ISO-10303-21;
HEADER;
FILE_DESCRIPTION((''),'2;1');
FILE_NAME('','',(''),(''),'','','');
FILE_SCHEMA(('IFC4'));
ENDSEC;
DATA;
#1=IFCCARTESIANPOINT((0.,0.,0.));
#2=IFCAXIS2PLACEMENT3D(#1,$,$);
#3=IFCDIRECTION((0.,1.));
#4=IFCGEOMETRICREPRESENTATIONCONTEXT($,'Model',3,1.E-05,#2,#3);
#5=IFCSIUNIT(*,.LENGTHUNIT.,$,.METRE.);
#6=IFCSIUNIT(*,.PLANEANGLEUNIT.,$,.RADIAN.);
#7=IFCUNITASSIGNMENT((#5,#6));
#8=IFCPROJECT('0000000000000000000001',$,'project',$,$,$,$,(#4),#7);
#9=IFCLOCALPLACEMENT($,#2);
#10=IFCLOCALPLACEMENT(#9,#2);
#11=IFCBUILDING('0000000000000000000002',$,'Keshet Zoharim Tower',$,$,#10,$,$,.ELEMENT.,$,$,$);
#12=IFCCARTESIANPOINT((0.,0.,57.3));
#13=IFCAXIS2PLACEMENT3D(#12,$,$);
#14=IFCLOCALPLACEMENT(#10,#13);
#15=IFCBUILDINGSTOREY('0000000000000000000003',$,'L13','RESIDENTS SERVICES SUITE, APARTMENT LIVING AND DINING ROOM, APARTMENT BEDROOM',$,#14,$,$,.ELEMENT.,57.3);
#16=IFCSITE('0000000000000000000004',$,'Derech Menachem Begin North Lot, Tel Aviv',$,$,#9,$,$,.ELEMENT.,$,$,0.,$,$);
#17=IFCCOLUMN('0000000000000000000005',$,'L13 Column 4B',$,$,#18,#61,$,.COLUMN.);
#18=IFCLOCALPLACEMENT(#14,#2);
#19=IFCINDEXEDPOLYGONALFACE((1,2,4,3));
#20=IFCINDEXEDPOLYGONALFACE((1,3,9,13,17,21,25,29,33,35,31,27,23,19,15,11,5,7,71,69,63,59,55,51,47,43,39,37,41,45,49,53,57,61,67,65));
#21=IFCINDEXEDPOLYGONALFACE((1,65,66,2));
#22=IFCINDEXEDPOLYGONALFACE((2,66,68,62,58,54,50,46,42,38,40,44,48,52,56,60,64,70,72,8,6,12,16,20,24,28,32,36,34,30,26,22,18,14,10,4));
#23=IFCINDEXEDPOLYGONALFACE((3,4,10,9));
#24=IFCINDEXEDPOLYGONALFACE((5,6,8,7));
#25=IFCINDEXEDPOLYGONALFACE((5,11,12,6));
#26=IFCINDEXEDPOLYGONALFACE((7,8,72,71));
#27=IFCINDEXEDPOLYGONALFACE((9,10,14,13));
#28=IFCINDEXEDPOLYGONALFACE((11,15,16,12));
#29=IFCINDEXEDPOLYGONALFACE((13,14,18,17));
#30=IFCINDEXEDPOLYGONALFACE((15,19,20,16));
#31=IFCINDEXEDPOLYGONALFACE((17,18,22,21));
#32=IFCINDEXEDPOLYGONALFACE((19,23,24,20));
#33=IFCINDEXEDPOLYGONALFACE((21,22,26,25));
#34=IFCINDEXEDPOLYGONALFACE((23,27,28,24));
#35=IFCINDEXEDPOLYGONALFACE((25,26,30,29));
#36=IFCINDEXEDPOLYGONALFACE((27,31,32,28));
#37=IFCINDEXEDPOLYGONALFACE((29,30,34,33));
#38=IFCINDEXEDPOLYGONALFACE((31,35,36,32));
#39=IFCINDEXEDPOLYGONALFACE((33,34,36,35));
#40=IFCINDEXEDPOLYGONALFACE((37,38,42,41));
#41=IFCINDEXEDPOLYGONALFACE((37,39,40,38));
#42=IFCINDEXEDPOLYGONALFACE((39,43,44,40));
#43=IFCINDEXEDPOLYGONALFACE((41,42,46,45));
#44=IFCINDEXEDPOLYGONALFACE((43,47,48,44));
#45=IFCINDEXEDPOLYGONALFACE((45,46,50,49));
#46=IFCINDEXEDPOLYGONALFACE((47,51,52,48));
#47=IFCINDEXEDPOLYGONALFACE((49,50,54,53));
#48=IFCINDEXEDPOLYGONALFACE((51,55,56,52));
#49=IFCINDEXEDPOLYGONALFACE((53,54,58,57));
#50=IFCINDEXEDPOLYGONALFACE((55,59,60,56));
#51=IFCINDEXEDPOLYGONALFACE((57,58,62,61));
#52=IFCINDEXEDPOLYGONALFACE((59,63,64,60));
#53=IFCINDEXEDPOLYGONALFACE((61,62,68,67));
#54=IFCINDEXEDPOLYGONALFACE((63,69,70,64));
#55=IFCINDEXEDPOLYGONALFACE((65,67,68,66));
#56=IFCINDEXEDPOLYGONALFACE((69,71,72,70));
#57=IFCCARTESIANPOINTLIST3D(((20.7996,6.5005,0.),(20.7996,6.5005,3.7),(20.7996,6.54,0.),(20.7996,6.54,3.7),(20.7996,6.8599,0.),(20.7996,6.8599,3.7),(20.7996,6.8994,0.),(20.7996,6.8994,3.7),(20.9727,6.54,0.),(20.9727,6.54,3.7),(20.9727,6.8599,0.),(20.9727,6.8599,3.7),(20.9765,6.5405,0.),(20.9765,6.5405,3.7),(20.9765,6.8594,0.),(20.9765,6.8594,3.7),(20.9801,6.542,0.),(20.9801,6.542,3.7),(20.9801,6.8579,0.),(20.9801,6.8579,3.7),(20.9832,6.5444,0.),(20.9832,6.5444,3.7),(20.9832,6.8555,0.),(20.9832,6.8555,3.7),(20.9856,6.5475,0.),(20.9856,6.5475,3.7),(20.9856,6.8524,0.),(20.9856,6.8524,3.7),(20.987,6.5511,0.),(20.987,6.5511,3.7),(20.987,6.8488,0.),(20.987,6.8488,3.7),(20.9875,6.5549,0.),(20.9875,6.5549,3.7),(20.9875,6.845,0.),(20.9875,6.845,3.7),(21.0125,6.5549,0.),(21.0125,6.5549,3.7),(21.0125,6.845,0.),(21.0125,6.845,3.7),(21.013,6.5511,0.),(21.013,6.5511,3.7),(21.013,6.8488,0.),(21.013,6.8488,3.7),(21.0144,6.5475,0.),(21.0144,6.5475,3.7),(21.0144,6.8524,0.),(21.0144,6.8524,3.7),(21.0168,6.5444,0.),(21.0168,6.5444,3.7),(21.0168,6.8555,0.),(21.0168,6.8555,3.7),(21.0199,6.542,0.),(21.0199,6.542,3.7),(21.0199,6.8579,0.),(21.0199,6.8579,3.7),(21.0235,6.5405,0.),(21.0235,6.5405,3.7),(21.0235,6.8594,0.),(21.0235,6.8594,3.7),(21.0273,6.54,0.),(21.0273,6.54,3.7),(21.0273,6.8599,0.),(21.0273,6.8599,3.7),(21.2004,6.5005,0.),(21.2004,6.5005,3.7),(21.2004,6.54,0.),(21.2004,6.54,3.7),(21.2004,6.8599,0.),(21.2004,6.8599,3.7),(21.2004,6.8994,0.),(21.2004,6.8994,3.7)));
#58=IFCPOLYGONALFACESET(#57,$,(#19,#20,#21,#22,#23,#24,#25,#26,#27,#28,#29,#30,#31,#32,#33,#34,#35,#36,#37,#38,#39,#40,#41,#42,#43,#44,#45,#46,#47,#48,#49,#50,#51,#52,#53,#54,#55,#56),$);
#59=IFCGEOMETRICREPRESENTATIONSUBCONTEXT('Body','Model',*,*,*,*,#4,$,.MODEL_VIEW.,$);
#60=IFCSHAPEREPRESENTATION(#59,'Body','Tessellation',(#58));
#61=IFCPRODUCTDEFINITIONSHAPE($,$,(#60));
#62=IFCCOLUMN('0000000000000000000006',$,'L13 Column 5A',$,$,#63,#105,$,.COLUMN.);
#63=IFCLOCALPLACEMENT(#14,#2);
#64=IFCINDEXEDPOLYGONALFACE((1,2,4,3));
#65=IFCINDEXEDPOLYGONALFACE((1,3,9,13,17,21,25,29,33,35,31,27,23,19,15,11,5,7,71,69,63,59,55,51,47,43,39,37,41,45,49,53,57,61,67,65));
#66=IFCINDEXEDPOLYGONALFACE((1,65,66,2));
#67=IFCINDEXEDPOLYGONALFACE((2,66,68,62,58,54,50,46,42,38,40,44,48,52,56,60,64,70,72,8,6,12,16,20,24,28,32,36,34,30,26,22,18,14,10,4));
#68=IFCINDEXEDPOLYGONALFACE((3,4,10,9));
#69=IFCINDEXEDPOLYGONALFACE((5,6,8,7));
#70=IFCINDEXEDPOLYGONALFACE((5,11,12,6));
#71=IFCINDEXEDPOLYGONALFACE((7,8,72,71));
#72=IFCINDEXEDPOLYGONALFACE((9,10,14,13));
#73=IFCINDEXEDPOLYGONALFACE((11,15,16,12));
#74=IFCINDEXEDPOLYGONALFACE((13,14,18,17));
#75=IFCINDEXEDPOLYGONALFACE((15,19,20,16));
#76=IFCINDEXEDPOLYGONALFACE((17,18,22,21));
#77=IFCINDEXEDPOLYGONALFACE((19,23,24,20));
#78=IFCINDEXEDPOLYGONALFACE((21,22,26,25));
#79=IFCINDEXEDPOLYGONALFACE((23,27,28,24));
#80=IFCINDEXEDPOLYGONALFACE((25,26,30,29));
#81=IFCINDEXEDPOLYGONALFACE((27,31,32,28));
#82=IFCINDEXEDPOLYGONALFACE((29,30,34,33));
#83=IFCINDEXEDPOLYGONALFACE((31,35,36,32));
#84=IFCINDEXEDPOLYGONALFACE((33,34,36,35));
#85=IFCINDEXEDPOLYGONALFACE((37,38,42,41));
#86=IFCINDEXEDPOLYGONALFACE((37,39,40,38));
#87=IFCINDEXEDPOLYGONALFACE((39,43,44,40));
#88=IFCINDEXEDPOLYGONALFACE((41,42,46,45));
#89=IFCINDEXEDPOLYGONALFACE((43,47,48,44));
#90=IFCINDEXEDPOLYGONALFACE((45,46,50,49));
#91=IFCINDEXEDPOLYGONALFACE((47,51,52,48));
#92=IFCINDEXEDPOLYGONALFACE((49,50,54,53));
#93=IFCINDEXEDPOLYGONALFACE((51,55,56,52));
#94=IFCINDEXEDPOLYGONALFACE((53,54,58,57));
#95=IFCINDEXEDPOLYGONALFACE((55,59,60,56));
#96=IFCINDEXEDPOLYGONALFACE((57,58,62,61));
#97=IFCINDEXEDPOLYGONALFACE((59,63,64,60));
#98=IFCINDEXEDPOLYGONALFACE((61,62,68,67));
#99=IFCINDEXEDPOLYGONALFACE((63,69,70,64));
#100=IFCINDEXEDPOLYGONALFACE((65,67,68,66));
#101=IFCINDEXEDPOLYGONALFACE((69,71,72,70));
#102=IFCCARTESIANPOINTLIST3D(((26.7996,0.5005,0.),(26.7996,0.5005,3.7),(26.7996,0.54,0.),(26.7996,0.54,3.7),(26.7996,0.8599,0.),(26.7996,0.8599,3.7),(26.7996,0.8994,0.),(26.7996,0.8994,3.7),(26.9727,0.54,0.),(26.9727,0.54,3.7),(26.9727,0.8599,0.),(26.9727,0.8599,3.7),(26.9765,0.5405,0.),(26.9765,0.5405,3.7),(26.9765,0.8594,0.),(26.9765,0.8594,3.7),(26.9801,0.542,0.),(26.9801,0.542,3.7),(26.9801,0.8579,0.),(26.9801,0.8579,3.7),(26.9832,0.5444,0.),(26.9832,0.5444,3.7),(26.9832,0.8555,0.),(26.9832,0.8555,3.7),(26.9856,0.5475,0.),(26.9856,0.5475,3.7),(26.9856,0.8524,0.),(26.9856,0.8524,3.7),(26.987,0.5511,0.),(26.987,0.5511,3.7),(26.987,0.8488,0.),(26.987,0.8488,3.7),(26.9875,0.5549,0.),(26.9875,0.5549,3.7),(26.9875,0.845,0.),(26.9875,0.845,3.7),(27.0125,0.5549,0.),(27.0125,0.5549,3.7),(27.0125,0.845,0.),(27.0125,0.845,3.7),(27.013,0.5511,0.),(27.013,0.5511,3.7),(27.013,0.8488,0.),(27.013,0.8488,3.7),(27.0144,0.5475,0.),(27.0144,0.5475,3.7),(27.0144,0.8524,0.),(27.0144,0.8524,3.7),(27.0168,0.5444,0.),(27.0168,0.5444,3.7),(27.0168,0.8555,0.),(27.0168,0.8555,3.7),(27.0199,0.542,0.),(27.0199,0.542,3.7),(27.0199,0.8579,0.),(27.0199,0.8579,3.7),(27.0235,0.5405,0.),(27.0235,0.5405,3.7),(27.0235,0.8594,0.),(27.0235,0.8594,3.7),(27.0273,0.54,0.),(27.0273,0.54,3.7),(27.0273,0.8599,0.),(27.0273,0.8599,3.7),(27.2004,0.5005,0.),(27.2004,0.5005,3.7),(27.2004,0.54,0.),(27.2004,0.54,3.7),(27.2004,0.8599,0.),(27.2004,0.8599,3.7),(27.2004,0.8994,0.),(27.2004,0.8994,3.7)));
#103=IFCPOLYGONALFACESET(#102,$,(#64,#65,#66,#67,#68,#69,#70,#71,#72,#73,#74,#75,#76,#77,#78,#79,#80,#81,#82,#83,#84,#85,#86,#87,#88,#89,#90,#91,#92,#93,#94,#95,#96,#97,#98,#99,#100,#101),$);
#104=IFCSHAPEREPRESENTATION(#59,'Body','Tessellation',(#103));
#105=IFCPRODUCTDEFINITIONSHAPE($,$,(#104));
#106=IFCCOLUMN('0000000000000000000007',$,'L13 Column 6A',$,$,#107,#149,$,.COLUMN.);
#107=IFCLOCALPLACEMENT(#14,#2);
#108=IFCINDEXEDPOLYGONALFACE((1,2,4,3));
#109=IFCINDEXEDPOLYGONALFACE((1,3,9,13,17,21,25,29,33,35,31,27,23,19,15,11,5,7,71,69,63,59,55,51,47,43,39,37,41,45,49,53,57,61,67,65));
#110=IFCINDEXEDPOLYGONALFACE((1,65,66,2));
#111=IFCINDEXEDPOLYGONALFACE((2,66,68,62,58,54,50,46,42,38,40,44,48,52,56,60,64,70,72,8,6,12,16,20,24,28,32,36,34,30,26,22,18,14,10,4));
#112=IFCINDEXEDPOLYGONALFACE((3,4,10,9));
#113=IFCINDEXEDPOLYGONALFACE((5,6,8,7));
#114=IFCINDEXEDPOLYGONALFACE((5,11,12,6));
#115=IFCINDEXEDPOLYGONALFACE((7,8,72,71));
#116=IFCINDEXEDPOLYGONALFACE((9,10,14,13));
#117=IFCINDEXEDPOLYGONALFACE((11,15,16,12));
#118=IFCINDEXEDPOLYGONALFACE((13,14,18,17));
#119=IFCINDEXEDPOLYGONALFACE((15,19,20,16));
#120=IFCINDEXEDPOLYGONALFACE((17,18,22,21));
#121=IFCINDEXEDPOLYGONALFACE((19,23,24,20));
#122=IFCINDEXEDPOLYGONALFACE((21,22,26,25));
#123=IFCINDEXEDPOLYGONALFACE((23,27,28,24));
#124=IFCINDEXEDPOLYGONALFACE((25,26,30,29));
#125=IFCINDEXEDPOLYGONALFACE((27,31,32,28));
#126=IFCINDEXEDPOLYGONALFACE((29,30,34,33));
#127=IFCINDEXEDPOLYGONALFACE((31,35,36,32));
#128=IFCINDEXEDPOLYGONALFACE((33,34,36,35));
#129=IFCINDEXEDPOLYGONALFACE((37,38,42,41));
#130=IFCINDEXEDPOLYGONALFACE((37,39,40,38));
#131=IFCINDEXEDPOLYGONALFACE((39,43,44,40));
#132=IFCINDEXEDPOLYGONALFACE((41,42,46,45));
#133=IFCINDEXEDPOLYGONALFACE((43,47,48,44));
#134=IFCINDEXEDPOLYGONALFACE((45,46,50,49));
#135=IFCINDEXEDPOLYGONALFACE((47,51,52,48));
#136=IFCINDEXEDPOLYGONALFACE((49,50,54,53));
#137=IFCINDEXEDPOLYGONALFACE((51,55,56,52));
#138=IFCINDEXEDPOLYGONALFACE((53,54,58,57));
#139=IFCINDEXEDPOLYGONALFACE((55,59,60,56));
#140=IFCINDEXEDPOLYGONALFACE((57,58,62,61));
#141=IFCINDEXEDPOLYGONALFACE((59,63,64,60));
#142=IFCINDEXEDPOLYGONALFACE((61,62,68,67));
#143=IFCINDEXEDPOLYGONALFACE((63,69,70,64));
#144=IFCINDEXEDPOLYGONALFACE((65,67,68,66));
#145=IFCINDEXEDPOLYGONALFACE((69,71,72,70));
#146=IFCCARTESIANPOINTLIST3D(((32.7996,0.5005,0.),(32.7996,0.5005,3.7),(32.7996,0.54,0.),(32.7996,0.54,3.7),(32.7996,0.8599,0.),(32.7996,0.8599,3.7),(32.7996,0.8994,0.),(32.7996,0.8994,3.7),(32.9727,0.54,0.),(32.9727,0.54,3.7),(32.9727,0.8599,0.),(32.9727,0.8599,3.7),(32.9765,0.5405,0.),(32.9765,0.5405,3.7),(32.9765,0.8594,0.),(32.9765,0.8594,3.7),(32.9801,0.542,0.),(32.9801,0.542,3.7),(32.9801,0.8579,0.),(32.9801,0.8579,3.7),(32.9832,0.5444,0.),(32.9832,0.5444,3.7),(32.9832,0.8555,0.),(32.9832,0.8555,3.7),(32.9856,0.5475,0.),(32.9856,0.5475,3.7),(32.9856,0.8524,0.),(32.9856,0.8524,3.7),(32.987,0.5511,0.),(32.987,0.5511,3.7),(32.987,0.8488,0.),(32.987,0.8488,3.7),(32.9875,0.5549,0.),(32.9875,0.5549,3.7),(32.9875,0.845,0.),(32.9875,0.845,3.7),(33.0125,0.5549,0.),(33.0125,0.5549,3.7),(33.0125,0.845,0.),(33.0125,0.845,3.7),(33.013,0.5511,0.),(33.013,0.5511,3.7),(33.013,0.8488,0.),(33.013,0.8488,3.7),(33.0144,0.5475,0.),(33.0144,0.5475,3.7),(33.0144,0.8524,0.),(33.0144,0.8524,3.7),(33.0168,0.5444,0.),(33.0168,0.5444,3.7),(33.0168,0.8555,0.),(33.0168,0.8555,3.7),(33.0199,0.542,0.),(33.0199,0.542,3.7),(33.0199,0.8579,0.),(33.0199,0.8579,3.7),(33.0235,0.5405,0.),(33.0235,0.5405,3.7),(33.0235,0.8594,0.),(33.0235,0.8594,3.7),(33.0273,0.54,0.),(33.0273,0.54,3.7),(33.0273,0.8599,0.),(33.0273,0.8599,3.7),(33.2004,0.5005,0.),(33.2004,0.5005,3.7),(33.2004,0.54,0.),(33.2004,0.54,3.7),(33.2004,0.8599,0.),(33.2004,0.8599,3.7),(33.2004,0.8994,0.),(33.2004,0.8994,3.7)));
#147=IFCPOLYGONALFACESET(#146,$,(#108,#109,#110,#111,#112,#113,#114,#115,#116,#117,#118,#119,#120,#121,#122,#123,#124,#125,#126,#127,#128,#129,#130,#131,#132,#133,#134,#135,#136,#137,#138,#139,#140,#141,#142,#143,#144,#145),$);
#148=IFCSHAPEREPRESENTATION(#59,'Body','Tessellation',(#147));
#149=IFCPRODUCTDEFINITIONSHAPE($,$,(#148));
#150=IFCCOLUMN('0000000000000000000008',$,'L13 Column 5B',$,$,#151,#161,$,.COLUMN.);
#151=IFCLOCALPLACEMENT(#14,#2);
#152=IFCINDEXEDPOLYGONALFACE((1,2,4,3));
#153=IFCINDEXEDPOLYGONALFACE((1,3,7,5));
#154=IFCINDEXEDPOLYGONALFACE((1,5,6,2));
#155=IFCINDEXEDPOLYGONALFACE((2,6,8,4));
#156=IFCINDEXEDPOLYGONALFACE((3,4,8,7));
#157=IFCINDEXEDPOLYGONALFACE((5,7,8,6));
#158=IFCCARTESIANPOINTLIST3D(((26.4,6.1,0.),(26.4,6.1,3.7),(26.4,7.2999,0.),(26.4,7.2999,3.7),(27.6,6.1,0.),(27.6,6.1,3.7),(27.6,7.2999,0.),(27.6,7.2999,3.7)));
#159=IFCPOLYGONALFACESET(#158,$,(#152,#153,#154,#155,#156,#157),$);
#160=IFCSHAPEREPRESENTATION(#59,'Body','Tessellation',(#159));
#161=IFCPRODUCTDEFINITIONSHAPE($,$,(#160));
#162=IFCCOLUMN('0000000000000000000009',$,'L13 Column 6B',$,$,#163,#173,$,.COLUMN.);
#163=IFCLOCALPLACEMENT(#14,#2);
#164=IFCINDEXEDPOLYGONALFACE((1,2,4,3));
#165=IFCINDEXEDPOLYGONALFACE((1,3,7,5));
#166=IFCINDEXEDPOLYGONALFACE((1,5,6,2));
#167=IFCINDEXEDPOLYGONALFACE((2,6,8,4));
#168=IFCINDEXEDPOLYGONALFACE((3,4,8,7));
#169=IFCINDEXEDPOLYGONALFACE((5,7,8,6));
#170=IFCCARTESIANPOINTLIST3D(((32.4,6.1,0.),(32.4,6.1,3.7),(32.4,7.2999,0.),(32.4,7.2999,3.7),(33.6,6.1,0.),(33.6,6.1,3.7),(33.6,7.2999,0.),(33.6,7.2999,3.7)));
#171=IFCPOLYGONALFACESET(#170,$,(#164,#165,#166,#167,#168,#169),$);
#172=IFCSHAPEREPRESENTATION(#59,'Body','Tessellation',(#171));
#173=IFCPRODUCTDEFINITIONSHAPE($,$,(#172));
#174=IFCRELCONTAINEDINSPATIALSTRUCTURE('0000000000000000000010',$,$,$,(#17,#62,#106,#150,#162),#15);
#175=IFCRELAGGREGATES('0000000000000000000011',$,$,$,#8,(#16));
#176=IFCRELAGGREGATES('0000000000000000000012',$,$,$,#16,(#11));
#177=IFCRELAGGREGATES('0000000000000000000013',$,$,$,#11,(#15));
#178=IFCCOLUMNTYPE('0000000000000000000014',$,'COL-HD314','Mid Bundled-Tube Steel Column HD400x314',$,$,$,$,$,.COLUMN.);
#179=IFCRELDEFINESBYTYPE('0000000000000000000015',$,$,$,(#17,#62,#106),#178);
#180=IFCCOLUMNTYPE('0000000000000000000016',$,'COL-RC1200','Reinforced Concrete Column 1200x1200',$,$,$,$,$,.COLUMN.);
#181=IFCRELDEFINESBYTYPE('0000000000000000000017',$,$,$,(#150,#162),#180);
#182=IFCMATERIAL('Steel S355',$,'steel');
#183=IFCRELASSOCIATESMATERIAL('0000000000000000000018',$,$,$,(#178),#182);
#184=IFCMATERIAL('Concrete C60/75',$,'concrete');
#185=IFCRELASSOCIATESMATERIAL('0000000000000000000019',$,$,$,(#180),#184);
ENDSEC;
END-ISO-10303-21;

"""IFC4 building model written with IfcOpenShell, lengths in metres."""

from ifc_helpers import new_model, si_unit, direction, frame, origin, origin_2d, place, context, subcontext, project, spatial, rectangle, i_section, extrude, material, material_profile, profile_set, type_object, element, save


model = new_model("IFC4")

# Units and contexts
model_context = context("Model", 3, precision=1e-05, world=origin(), true_north=direction((0.0, 1.0)))
body_context = subcontext(model_context, "Body", "Model", "MODEL_VIEW")
ifc_project = project(units=[si_unit("LENGTHUNIT", "METRE"), si_unit("PLANEANGLEUNIT", "RADIAN")], contexts=[model_context])

# Site, building, storey
site_placement = place(None, origin())
site = spatial("IfcSite", under=ifc_project, at=site_placement, Name="Derech Menachem Begin North Lot, Tel Aviv", CompositionType="ELEMENT", RefElevation=0.0)
building_placement = place(site_placement, origin())
building = spatial("IfcBuilding", under=site, at=building_placement, Name="Keshet Zoharim Tower", CompositionType="ELEMENT")
storey_placement = place(building_placement, frame((0.0, 0.0, 57.3)))
storey = spatial("IfcBuildingStorey", under=building, at=storey_placement, Name="L13", Description="RESIDENTS SERVICES SUITE, APARTMENT LIVING AND DINING ROOM, APARTMENT BEDROOM", CompositionType="ELEMENT", Elevation=57.3)

# Columns
ifc_material_1 = material(Name="Steel S355", Category="steel")
ifc_material_profile_1 = material_profile(ifc_material_1, i_section(OverallWidth=0.4009, OverallDepth=0.3989, WebThickness=0.0249, FlangeThickness=0.0396, FilletRadius=0.0149, at=origin_2d()), Name="HD400x314")
ifc_profile_set_1 = profile_set([ifc_material_profile_1], Name="Steel S355")
column_type_1 = type_object("IfcColumnType", Name="COL-HD314", Description="Mid Bundled-Tube Steel Column HD400x314", PredefinedType="COLUMN", material=ifc_profile_set_1)
for number, where, z_axis, x_axis, name in (
    (1, (21.0, 6.7, 0.0), (0.0, 0.0, 1.0), (1.0, 0.0, 0.0), "L13 Column 4B"),
    (2, (27.0, 0.7, 0.0), (0.0, 0.0, 1.0), (1.0, 0.0, 0.0), "L13 Column 5A"),
    (3, (33.0, 0.7, 0.0), (0.0, 0.0, 1.0), (1.0, 0.0, 0.0), "L13 Column 6A"),
):
    element("IfcColumn", number, at=place(storey_placement, frame(where, z_axis=z_axis, x_axis=x_axis)), inside=storey, type_object=column_type_1, Name=name, PredefinedType="COLUMN", context=body_context, shape_type="SweptSolid", body=[
        extrude(i_section(OverallWidth=0.4009, OverallDepth=0.3989, WebThickness=0.0249, FlangeThickness=0.0396, FilletRadius=0.0149, at=origin_2d()), origin(), (0.0, 0.0, 1.0), 3.7),
    ])
ifc_material_2 = material(Name="Concrete C60/75", Category="concrete")
ifc_material_profile_2 = material_profile(ifc_material_2, rectangle(XDim=1.2, YDim=1.2, at=origin_2d()), Name="RC1200x1200")
ifc_profile_set_2 = profile_set([ifc_material_profile_2], Name="Concrete C60/75")
column_type_2 = type_object("IfcColumnType", Name="COL-RC1200", Description="Reinforced Concrete Column 1200x1200", PredefinedType="COLUMN", material=ifc_profile_set_2)
for number, where, z_axis, x_axis, name in (
    (4, (27.0, 6.7, 0.0), (0.0, 0.0, 1.0), (1.0, 0.0, 0.0), "L13 Column 5B"),
    (5, (33.0, 6.7, 0.0), (0.0, 0.0, 1.0), (1.0, 0.0, 0.0), "L13 Column 6B"),
):
    element("IfcColumn", number, at=place(storey_placement, frame(where, z_axis=z_axis, x_axis=x_axis)), inside=storey, type_object=column_type_2, Name=name, PredefinedType="COLUMN", context=body_context, shape_type="SweptSolid", body=[
        extrude(rectangle(XDim=1.2, YDim=1.2, at=origin_2d()), origin(), (0.0, 0.0, 1.0), 3.7),
    ])

save(model, "model.ifc")
